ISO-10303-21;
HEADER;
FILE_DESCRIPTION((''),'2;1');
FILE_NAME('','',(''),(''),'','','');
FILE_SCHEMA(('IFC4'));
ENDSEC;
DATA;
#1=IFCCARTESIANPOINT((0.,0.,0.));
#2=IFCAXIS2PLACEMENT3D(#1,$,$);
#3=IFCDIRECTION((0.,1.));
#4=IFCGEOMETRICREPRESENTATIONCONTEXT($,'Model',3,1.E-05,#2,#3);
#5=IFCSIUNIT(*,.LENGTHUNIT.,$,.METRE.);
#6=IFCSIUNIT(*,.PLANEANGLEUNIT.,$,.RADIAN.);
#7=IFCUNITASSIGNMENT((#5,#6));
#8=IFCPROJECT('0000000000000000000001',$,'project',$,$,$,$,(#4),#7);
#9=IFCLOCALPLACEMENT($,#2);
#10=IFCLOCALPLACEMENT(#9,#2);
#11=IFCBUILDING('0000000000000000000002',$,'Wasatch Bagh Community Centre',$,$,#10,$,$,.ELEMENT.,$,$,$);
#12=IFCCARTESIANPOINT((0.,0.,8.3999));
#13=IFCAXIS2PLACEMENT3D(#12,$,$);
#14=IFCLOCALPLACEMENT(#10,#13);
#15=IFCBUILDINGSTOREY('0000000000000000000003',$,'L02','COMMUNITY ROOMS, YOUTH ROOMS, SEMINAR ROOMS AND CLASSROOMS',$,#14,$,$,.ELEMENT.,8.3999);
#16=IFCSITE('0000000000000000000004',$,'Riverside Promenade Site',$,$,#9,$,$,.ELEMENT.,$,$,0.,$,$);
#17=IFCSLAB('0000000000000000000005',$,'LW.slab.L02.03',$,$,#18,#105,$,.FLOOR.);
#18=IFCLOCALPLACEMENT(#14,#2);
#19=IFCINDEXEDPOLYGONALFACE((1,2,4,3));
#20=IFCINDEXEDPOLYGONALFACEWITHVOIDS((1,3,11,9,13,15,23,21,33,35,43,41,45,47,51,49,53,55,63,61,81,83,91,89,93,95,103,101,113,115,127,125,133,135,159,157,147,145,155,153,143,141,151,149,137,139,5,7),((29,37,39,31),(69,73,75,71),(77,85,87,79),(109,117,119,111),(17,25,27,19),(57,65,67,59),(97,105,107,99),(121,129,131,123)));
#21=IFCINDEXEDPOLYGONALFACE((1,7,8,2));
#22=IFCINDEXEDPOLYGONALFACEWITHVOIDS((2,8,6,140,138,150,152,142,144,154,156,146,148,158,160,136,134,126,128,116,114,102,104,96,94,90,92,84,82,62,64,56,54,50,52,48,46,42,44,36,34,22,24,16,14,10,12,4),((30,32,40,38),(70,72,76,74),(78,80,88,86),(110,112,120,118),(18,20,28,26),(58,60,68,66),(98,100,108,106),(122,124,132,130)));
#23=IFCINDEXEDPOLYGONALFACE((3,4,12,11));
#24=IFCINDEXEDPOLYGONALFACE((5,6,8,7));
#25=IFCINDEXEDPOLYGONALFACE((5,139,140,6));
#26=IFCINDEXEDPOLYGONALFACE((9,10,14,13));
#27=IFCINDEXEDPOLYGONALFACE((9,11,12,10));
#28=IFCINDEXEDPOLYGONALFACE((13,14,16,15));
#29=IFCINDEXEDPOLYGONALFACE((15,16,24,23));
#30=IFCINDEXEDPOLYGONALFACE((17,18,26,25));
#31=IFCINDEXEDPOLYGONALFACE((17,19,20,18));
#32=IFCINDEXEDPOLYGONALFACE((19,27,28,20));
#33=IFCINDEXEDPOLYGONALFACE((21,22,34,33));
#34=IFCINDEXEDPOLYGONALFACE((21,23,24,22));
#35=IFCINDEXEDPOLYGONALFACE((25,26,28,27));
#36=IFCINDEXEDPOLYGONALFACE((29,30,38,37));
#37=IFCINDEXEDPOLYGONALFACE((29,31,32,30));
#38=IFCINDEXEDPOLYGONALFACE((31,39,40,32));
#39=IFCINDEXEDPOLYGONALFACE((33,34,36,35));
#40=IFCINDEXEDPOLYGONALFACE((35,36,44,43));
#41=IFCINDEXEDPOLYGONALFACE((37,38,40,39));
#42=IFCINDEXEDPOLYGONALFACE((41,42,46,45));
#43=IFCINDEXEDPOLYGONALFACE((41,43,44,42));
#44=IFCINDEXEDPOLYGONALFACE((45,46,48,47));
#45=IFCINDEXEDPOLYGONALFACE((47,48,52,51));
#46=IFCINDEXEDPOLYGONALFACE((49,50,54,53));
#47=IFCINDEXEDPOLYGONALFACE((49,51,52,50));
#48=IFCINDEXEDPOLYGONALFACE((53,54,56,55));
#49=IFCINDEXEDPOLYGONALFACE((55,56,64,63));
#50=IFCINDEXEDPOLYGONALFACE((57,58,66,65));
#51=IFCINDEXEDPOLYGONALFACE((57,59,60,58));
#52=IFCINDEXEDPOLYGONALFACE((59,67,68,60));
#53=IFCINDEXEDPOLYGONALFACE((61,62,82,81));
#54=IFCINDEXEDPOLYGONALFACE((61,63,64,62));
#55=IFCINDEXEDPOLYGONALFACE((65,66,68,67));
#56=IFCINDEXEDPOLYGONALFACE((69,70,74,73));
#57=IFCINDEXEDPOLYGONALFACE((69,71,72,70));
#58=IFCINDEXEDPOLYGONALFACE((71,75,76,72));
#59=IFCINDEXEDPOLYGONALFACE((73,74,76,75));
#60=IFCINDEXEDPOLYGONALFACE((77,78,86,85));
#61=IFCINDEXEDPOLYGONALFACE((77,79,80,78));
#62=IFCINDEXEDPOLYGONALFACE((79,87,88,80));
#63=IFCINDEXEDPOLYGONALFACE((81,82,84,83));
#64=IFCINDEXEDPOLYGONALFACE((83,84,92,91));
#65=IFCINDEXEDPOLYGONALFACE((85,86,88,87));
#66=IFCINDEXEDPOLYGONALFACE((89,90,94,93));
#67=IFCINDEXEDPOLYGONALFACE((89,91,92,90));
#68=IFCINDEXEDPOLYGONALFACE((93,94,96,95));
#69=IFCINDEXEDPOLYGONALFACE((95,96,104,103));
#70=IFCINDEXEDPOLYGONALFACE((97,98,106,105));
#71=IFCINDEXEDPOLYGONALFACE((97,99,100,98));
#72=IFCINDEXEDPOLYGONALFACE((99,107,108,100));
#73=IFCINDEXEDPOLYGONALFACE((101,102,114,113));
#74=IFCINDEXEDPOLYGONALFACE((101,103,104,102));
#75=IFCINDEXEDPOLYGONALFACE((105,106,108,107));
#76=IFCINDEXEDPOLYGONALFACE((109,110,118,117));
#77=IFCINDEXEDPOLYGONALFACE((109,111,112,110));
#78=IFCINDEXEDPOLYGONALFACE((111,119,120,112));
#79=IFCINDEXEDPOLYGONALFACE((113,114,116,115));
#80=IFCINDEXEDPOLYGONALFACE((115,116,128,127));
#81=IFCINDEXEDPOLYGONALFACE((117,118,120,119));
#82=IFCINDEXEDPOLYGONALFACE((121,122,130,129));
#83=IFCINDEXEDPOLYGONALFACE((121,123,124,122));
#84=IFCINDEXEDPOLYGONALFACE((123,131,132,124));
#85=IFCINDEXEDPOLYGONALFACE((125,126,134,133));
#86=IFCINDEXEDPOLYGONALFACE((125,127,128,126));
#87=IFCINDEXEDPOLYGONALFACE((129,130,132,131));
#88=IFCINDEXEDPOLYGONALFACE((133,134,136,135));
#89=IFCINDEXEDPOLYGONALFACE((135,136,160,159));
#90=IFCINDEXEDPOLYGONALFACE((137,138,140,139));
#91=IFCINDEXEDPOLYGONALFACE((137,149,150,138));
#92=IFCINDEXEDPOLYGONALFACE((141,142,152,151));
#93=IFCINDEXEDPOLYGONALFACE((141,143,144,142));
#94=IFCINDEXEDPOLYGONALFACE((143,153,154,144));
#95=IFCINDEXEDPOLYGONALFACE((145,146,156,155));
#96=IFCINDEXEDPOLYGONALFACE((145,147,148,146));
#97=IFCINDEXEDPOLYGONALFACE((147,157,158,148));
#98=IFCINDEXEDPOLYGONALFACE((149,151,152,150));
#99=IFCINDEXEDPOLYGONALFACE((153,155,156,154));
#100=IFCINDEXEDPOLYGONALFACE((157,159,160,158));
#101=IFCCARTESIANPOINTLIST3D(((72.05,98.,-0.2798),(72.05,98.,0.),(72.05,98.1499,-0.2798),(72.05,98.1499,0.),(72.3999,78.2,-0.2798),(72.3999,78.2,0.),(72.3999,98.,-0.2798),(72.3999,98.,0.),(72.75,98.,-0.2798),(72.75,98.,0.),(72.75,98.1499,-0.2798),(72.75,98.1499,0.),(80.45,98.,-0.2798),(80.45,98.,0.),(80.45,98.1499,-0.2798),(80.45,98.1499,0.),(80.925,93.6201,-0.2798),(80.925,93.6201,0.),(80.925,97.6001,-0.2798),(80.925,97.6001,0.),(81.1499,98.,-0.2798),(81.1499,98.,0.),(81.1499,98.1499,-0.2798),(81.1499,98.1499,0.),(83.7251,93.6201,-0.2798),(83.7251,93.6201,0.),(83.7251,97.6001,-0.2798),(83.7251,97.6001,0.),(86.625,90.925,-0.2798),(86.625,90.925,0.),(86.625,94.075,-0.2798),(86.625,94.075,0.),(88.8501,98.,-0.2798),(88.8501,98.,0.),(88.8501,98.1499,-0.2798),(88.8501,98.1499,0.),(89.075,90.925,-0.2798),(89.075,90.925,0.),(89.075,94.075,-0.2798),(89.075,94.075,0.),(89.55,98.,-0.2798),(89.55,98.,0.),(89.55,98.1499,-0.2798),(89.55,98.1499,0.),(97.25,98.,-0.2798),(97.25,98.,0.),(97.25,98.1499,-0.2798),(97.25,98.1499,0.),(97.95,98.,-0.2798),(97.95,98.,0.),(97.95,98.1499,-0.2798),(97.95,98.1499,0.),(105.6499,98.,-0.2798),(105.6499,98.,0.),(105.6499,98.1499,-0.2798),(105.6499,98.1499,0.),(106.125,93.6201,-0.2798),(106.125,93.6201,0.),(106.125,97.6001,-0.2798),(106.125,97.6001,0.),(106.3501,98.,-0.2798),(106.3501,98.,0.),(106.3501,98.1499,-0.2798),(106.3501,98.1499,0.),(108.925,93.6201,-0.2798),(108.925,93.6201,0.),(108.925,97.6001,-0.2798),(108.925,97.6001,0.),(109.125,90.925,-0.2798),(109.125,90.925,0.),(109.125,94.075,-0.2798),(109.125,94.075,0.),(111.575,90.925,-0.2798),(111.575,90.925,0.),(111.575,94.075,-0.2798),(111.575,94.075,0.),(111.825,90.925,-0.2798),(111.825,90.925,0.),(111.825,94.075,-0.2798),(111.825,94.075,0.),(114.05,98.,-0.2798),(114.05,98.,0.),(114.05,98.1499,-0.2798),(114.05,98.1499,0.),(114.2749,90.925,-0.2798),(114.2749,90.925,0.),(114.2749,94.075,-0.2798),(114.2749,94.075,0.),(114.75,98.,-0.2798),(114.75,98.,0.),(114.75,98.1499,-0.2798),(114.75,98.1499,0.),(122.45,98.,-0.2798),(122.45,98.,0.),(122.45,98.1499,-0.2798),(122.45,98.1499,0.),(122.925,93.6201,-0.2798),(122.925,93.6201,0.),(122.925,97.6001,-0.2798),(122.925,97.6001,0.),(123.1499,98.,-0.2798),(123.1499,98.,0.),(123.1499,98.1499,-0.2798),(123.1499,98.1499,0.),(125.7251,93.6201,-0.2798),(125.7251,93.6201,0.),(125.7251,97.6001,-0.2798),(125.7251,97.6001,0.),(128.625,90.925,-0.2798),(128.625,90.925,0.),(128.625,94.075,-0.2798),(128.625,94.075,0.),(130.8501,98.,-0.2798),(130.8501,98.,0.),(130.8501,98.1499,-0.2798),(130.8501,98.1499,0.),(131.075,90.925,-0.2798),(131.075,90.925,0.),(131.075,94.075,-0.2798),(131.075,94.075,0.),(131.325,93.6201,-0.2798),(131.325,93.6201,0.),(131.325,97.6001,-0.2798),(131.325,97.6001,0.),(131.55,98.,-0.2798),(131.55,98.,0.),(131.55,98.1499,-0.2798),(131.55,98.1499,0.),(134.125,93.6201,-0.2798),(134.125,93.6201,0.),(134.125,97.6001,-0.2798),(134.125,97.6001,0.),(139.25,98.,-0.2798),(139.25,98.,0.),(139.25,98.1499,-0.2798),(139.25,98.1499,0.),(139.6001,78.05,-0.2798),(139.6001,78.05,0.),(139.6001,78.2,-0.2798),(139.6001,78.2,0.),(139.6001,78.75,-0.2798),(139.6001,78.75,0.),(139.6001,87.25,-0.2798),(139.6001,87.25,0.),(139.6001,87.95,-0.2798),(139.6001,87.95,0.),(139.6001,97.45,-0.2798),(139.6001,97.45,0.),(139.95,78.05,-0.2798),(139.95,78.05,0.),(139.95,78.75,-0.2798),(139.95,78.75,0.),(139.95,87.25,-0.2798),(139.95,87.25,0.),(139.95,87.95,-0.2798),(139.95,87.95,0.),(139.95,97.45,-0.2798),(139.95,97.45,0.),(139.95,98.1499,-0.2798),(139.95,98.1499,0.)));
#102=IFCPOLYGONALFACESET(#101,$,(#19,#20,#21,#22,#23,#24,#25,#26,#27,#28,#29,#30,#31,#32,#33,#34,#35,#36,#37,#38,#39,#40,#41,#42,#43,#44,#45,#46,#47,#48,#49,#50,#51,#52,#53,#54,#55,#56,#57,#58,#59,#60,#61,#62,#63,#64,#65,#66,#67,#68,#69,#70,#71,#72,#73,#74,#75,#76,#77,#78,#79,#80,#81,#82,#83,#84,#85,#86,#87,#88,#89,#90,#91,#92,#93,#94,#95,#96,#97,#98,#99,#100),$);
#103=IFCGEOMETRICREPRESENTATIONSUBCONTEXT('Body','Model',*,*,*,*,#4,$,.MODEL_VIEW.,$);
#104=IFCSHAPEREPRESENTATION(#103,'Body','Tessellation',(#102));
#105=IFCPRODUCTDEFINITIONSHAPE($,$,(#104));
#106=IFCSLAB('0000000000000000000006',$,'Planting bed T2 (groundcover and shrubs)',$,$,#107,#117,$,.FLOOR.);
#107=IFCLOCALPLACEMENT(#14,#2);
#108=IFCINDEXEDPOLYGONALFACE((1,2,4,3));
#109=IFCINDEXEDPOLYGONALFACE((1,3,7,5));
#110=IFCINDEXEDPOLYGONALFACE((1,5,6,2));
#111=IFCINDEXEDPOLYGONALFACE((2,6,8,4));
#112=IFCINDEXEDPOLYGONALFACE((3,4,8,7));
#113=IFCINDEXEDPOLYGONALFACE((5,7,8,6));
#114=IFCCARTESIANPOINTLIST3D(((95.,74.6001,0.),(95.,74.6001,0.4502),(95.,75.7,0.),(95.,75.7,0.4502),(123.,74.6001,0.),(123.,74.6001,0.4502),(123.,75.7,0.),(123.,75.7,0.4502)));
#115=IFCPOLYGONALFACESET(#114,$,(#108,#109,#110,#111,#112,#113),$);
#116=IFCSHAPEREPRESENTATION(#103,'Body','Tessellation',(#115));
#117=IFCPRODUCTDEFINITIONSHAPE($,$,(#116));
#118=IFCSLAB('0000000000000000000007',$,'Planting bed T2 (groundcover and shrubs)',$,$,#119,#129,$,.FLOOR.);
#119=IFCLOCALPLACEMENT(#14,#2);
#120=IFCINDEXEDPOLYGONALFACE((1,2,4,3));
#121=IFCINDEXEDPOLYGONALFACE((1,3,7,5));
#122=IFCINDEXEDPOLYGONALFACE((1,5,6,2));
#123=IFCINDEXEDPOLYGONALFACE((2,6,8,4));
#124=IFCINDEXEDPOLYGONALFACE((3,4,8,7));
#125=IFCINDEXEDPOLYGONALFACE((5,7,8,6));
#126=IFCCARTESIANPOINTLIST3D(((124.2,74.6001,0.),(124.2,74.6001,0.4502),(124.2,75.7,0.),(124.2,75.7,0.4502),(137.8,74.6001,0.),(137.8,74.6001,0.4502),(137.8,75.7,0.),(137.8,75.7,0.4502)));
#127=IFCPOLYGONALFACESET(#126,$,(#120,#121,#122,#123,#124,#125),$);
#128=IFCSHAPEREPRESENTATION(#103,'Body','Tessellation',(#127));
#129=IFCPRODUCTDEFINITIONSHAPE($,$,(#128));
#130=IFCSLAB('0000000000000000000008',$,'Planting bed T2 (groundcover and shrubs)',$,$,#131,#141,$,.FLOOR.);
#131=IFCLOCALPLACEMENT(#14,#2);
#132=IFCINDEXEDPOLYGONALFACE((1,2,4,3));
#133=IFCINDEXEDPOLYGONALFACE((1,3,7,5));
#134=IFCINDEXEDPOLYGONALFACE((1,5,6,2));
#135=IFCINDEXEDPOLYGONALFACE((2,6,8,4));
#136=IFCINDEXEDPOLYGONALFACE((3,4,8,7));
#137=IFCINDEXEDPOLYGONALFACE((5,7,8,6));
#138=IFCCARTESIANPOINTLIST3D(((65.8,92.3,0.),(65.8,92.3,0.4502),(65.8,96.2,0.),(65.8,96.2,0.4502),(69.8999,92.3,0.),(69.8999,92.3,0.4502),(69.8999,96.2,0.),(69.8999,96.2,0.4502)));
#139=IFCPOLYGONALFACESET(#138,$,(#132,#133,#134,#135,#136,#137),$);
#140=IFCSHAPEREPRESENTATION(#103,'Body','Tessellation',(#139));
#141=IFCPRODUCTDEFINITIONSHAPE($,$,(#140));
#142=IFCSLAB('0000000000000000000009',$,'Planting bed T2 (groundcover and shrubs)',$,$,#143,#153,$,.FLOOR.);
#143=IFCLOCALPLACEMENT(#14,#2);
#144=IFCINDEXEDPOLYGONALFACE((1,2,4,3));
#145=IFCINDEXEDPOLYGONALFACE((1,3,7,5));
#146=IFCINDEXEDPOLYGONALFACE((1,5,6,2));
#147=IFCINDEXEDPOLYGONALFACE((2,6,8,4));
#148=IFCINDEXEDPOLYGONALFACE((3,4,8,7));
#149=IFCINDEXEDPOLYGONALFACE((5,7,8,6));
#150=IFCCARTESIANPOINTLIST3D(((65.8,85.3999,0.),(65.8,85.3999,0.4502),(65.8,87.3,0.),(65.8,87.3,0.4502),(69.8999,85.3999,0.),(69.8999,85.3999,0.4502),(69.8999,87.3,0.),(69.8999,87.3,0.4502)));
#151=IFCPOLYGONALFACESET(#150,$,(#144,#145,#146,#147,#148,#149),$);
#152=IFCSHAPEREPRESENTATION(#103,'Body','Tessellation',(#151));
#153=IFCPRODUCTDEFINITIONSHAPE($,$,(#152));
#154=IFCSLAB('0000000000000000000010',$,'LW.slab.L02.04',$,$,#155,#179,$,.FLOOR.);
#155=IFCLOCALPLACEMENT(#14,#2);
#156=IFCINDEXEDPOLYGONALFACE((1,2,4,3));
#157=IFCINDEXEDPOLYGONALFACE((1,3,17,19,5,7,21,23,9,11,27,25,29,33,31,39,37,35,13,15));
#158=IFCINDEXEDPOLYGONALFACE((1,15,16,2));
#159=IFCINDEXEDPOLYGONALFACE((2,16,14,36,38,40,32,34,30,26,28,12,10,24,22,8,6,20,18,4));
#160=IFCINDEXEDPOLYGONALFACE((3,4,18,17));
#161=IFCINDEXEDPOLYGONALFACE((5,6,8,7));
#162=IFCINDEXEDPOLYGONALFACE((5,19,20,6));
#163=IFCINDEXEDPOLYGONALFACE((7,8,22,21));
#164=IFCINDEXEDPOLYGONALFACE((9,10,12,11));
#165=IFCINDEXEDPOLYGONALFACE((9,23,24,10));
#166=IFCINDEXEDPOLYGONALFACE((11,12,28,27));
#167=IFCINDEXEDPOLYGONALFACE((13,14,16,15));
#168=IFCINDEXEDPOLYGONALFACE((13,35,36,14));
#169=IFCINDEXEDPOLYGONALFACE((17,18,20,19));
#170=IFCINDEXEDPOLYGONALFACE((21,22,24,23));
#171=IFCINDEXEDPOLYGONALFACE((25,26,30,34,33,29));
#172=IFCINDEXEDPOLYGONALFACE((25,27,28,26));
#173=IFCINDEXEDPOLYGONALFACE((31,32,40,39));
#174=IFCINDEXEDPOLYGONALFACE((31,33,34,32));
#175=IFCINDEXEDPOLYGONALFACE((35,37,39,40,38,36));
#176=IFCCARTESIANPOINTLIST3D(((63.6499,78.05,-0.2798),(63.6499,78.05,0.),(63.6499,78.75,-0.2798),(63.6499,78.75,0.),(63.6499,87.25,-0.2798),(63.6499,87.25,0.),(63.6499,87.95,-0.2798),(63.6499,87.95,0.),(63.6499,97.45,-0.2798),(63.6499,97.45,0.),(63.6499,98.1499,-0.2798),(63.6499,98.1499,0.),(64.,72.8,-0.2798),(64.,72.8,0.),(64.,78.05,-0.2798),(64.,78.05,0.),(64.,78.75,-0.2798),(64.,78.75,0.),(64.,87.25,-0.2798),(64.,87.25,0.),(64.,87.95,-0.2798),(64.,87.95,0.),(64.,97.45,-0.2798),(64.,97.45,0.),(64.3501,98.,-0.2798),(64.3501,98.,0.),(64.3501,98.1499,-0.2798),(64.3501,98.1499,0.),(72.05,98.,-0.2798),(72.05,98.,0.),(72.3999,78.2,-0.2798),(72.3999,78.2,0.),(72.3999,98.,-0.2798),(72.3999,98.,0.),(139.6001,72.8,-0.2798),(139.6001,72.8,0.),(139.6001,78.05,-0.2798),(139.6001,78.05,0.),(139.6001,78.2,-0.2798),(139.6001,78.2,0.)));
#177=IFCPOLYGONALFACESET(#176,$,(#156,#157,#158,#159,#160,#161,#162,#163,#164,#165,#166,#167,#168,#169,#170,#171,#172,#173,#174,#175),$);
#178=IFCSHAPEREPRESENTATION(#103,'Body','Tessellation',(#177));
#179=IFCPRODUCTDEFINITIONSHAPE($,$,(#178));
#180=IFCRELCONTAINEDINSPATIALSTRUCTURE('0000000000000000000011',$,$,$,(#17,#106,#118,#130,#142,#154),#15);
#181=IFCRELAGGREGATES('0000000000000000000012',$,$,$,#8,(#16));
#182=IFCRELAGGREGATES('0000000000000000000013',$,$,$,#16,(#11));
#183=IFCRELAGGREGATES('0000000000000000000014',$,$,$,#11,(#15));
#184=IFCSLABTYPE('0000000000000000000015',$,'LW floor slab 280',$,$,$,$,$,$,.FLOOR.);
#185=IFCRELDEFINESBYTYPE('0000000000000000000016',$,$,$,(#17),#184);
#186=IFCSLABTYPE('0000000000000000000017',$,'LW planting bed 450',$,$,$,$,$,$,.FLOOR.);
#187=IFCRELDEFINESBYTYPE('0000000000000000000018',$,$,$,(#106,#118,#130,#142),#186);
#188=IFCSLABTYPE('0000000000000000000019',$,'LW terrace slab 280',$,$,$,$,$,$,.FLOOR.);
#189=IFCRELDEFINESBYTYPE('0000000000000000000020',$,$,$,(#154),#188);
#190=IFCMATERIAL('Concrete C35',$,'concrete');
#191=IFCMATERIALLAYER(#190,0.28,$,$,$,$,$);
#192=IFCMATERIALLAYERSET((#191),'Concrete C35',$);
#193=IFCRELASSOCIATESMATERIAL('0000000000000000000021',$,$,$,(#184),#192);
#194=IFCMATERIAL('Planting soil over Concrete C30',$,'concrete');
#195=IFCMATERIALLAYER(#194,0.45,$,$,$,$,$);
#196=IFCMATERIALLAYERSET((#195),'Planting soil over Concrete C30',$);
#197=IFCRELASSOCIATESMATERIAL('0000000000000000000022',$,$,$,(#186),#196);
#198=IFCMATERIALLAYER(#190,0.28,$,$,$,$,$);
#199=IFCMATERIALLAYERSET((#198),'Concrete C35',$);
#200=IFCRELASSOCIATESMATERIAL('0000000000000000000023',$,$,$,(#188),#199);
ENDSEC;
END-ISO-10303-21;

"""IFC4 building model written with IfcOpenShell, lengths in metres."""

from ifc_helpers import new_model, si_unit, direction, frame, origin, place, context, subcontext, project, spatial, polyline, outline, extrude, material, layer, layer_set, type_object, element, save


model = new_model("IFC4")

# Units and contexts
model_context = context("Model", 3, precision=1e-05, world=origin(), true_north=direction((0.0, 1.0)))
body_context = subcontext(model_context, "Body", "Model", "MODEL_VIEW")
ifc_project = project(units=[si_unit("LENGTHUNIT", "METRE"), si_unit("PLANEANGLEUNIT", "RADIAN")], contexts=[model_context])

# Site, building, storey
site_placement = place(None, origin())
site = spatial("IfcSite", under=ifc_project, at=site_placement, Name="Riverside Promenade Site", CompositionType="ELEMENT", RefElevation=0.0)
building_placement = place(site_placement, origin())
building = spatial("IfcBuilding", under=site, at=building_placement, Name="Wasatch Bagh Community Centre", CompositionType="ELEMENT")
storey_placement = place(building_placement, frame((0.0, 0.0, 8.3999)))
storey = spatial("IfcBuildingStorey", under=building, at=storey_placement, Name="L02", Description="COMMUNITY ROOMS, YOUTH ROOMS, SEMINAR ROOMS AND CLASSROOMS", CompositionType="ELEMENT", Elevation=8.3999)

# Slabs
ifc_material_1 = material(Name="Concrete C35", Category="concrete")
ifc_layer_1 = layer(ifc_material_1, 0.28)
ifc_layer_set_1 = layer_set([ifc_layer_1], Name="Concrete C35")
slab_type_1 = type_object("IfcSlabType", Name="LW floor slab 280", PredefinedType="FLOOR", material=ifc_layer_set_1)
slab_1_placement = place(storey_placement, frame((0.0, 0.0, -0.2798)))
element("IfcSlab", 1, at=slab_1_placement, inside=storey, type_object=slab_type_1, Name="LW.slab.L02.03", PredefinedType="FLOOR", context=body_context, shape_type="SweptSolid", body=[
    extrude(outline(polyline([(139.95, 78.05), (139.6001, 78.05), (139.6001, 78.2), (72.3999, 78.2), (72.3999, 98.0), (72.05, 98.0), (72.05, 98.1499), (72.75, 98.1499), (72.75, 98.0), (80.45, 98.0), (80.45, 98.1499), (81.1499, 98.1499), (81.1499, 98.0), (88.8501, 98.0), (88.8501, 98.1499), (89.55, 98.1499), (89.55, 98.0), (97.25, 98.0), (97.25, 98.1499), (97.95, 98.1499), (97.95, 98.0), (105.6499, 98.0), (105.6499, 98.1499), (106.3501, 98.1499), (106.3501, 98.0), (114.05, 98.0), (114.05, 98.1499), (114.75, 98.1499), (114.75, 98.0), (122.45, 98.0), (122.45, 98.1499), (123.1499, 98.1499), (123.1499, 98.0), (130.8501, 98.0), (130.8501, 98.1499), (131.55, 98.1499), (131.55, 98.0), (139.25, 98.0), (139.25, 98.1499), (139.95, 98.1499), (139.95, 97.45), (139.6001, 97.45), (139.6001, 87.95), (139.95, 87.95), (139.95, 87.25), (139.6001, 87.25), (139.6001, 78.75), (139.95, 78.75), (139.95, 78.05)]), holes=[polyline([(89.075, 94.075), (89.075, 90.925), (86.625, 90.925), (86.625, 94.075), (89.075, 94.075)]), polyline([(111.575, 94.075), (111.575, 90.925), (109.125, 90.925), (109.125, 94.075), (111.575, 94.075)]), polyline([(114.2749, 94.075), (114.2749, 90.925), (111.825, 90.925), (111.825, 94.075), (114.2749, 94.075)]), polyline([(131.075, 94.075), (131.075, 90.925), (128.625, 90.925), (128.625, 94.075), (131.075, 94.075)]), polyline([(83.7251, 97.6001), (83.7251, 93.6201), (80.925, 93.6201), (80.925, 97.6001), (83.7251, 97.6001)]), polyline([(108.925, 97.6001), (108.925, 93.6201), (106.125, 93.6201), (106.125, 97.6001), (108.925, 97.6001)]), polyline([(125.7251, 97.6001), (125.7251, 93.6201), (122.925, 93.6201), (122.925, 97.6001), (125.7251, 97.6001)]), polyline([(134.125, 97.6001), (134.125, 93.6201), (131.325, 93.6201), (131.325, 97.6001), (134.125, 97.6001)])]), origin(), (0.0, 0.0, 1.0), 0.2798),
])
ifc_material_2 = material(Name="Planting soil over Concrete C30", Category="concrete")
ifc_layer_2 = layer(ifc_material_2, 0.45)
ifc_layer_set_2 = layer_set([ifc_layer_2], Name="Planting soil over Concrete C30")
slab_type_2 = type_object("IfcSlabType", Name="LW planting bed 450", PredefinedType="FLOOR", material=ifc_layer_set_2)
slab_2_placement = place(storey_placement, origin())
element("IfcSlab", 2, at=slab_2_placement, inside=storey, type_object=slab_type_2, Name="Planting bed T2 (groundcover and shrubs)", PredefinedType="FLOOR", context=body_context, shape_type="SweptSolid", body=[
    extrude(outline(polyline([(95.0, 74.6001), (123.0, 74.6001), (123.0, 75.7), (95.0, 75.7), (95.0, 74.6001)])), origin(), (0.0, 0.0, 1.0), 0.4502),
])
slab_3_placement = place(storey_placement, origin())
element("IfcSlab", 3, at=slab_3_placement, inside=storey, type_object=slab_type_2, Name="Planting bed T2 (groundcover and shrubs)", PredefinedType="FLOOR", context=body_context, shape_type="SweptSolid", body=[
    extrude(outline(polyline([(124.2, 74.6001), (137.8, 74.6001), (137.8, 75.7), (124.2, 75.7), (124.2, 74.6001)])), origin(), (0.0, 0.0, 1.0), 0.4502),
])
slab_4_placement = place(storey_placement, origin())
element("IfcSlab", 4, at=slab_4_placement, inside=storey, type_object=slab_type_2, Name="Planting bed T2 (groundcover and shrubs)", PredefinedType="FLOOR", context=body_context, shape_type="SweptSolid", body=[
    extrude(outline(polyline([(65.8, 92.3), (69.8999, 92.3), (69.8999, 96.2), (65.8, 96.2), (65.8, 92.3)])), origin(), (0.0, 0.0, 1.0), 0.4502),
])
slab_5_placement = place(storey_placement, origin())
element("IfcSlab", 5, at=slab_5_placement, inside=storey, type_object=slab_type_2, Name="Planting bed T2 (groundcover and shrubs)", PredefinedType="FLOOR", context=body_context, shape_type="SweptSolid", body=[
    extrude(outline(polyline([(65.8, 85.3999), (69.8999, 85.3999), (69.8999, 87.3), (65.8, 87.3), (65.8, 85.3999)])), origin(), (0.0, 0.0, 1.0), 0.4502),
])
ifc_layer_3 = layer(ifc_material_1, 0.28)
ifc_layer_set_3 = layer_set([ifc_layer_3], Name="Concrete C35")
slab_type_3 = type_object("IfcSlabType", Name="LW terrace slab 280", PredefinedType="FLOOR", material=ifc_layer_set_3)
slab_6_placement = place(storey_placement, frame((0.0, 0.0, -0.2798)))
element("IfcSlab", 6, at=slab_6_placement, inside=storey, type_object=slab_type_3, Name="LW.slab.L02.04", PredefinedType="FLOOR", context=body_context, shape_type="SweptSolid", body=[
    extrude(outline(polyline([(64.0, 78.75), (64.0, 87.25), (63.6499, 87.25), (63.6499, 87.95), (64.0, 87.95), (64.0, 97.45), (63.6499, 97.45), (63.6499, 98.1499), (64.3501, 98.1499), (64.3501, 98.0), (72.05, 98.0), (72.3999, 98.0), (72.3999, 78.2), (139.6001, 78.2), (139.6001, 78.05), (139.6001, 72.8), (64.0, 72.8), (64.0, 78.05), (63.6499, 78.05), (63.6499, 78.75), (64.0, 78.75)])), origin(), (0.0, 0.0, 1.0), 0.2798),
])

save(model, "model.ifc")
